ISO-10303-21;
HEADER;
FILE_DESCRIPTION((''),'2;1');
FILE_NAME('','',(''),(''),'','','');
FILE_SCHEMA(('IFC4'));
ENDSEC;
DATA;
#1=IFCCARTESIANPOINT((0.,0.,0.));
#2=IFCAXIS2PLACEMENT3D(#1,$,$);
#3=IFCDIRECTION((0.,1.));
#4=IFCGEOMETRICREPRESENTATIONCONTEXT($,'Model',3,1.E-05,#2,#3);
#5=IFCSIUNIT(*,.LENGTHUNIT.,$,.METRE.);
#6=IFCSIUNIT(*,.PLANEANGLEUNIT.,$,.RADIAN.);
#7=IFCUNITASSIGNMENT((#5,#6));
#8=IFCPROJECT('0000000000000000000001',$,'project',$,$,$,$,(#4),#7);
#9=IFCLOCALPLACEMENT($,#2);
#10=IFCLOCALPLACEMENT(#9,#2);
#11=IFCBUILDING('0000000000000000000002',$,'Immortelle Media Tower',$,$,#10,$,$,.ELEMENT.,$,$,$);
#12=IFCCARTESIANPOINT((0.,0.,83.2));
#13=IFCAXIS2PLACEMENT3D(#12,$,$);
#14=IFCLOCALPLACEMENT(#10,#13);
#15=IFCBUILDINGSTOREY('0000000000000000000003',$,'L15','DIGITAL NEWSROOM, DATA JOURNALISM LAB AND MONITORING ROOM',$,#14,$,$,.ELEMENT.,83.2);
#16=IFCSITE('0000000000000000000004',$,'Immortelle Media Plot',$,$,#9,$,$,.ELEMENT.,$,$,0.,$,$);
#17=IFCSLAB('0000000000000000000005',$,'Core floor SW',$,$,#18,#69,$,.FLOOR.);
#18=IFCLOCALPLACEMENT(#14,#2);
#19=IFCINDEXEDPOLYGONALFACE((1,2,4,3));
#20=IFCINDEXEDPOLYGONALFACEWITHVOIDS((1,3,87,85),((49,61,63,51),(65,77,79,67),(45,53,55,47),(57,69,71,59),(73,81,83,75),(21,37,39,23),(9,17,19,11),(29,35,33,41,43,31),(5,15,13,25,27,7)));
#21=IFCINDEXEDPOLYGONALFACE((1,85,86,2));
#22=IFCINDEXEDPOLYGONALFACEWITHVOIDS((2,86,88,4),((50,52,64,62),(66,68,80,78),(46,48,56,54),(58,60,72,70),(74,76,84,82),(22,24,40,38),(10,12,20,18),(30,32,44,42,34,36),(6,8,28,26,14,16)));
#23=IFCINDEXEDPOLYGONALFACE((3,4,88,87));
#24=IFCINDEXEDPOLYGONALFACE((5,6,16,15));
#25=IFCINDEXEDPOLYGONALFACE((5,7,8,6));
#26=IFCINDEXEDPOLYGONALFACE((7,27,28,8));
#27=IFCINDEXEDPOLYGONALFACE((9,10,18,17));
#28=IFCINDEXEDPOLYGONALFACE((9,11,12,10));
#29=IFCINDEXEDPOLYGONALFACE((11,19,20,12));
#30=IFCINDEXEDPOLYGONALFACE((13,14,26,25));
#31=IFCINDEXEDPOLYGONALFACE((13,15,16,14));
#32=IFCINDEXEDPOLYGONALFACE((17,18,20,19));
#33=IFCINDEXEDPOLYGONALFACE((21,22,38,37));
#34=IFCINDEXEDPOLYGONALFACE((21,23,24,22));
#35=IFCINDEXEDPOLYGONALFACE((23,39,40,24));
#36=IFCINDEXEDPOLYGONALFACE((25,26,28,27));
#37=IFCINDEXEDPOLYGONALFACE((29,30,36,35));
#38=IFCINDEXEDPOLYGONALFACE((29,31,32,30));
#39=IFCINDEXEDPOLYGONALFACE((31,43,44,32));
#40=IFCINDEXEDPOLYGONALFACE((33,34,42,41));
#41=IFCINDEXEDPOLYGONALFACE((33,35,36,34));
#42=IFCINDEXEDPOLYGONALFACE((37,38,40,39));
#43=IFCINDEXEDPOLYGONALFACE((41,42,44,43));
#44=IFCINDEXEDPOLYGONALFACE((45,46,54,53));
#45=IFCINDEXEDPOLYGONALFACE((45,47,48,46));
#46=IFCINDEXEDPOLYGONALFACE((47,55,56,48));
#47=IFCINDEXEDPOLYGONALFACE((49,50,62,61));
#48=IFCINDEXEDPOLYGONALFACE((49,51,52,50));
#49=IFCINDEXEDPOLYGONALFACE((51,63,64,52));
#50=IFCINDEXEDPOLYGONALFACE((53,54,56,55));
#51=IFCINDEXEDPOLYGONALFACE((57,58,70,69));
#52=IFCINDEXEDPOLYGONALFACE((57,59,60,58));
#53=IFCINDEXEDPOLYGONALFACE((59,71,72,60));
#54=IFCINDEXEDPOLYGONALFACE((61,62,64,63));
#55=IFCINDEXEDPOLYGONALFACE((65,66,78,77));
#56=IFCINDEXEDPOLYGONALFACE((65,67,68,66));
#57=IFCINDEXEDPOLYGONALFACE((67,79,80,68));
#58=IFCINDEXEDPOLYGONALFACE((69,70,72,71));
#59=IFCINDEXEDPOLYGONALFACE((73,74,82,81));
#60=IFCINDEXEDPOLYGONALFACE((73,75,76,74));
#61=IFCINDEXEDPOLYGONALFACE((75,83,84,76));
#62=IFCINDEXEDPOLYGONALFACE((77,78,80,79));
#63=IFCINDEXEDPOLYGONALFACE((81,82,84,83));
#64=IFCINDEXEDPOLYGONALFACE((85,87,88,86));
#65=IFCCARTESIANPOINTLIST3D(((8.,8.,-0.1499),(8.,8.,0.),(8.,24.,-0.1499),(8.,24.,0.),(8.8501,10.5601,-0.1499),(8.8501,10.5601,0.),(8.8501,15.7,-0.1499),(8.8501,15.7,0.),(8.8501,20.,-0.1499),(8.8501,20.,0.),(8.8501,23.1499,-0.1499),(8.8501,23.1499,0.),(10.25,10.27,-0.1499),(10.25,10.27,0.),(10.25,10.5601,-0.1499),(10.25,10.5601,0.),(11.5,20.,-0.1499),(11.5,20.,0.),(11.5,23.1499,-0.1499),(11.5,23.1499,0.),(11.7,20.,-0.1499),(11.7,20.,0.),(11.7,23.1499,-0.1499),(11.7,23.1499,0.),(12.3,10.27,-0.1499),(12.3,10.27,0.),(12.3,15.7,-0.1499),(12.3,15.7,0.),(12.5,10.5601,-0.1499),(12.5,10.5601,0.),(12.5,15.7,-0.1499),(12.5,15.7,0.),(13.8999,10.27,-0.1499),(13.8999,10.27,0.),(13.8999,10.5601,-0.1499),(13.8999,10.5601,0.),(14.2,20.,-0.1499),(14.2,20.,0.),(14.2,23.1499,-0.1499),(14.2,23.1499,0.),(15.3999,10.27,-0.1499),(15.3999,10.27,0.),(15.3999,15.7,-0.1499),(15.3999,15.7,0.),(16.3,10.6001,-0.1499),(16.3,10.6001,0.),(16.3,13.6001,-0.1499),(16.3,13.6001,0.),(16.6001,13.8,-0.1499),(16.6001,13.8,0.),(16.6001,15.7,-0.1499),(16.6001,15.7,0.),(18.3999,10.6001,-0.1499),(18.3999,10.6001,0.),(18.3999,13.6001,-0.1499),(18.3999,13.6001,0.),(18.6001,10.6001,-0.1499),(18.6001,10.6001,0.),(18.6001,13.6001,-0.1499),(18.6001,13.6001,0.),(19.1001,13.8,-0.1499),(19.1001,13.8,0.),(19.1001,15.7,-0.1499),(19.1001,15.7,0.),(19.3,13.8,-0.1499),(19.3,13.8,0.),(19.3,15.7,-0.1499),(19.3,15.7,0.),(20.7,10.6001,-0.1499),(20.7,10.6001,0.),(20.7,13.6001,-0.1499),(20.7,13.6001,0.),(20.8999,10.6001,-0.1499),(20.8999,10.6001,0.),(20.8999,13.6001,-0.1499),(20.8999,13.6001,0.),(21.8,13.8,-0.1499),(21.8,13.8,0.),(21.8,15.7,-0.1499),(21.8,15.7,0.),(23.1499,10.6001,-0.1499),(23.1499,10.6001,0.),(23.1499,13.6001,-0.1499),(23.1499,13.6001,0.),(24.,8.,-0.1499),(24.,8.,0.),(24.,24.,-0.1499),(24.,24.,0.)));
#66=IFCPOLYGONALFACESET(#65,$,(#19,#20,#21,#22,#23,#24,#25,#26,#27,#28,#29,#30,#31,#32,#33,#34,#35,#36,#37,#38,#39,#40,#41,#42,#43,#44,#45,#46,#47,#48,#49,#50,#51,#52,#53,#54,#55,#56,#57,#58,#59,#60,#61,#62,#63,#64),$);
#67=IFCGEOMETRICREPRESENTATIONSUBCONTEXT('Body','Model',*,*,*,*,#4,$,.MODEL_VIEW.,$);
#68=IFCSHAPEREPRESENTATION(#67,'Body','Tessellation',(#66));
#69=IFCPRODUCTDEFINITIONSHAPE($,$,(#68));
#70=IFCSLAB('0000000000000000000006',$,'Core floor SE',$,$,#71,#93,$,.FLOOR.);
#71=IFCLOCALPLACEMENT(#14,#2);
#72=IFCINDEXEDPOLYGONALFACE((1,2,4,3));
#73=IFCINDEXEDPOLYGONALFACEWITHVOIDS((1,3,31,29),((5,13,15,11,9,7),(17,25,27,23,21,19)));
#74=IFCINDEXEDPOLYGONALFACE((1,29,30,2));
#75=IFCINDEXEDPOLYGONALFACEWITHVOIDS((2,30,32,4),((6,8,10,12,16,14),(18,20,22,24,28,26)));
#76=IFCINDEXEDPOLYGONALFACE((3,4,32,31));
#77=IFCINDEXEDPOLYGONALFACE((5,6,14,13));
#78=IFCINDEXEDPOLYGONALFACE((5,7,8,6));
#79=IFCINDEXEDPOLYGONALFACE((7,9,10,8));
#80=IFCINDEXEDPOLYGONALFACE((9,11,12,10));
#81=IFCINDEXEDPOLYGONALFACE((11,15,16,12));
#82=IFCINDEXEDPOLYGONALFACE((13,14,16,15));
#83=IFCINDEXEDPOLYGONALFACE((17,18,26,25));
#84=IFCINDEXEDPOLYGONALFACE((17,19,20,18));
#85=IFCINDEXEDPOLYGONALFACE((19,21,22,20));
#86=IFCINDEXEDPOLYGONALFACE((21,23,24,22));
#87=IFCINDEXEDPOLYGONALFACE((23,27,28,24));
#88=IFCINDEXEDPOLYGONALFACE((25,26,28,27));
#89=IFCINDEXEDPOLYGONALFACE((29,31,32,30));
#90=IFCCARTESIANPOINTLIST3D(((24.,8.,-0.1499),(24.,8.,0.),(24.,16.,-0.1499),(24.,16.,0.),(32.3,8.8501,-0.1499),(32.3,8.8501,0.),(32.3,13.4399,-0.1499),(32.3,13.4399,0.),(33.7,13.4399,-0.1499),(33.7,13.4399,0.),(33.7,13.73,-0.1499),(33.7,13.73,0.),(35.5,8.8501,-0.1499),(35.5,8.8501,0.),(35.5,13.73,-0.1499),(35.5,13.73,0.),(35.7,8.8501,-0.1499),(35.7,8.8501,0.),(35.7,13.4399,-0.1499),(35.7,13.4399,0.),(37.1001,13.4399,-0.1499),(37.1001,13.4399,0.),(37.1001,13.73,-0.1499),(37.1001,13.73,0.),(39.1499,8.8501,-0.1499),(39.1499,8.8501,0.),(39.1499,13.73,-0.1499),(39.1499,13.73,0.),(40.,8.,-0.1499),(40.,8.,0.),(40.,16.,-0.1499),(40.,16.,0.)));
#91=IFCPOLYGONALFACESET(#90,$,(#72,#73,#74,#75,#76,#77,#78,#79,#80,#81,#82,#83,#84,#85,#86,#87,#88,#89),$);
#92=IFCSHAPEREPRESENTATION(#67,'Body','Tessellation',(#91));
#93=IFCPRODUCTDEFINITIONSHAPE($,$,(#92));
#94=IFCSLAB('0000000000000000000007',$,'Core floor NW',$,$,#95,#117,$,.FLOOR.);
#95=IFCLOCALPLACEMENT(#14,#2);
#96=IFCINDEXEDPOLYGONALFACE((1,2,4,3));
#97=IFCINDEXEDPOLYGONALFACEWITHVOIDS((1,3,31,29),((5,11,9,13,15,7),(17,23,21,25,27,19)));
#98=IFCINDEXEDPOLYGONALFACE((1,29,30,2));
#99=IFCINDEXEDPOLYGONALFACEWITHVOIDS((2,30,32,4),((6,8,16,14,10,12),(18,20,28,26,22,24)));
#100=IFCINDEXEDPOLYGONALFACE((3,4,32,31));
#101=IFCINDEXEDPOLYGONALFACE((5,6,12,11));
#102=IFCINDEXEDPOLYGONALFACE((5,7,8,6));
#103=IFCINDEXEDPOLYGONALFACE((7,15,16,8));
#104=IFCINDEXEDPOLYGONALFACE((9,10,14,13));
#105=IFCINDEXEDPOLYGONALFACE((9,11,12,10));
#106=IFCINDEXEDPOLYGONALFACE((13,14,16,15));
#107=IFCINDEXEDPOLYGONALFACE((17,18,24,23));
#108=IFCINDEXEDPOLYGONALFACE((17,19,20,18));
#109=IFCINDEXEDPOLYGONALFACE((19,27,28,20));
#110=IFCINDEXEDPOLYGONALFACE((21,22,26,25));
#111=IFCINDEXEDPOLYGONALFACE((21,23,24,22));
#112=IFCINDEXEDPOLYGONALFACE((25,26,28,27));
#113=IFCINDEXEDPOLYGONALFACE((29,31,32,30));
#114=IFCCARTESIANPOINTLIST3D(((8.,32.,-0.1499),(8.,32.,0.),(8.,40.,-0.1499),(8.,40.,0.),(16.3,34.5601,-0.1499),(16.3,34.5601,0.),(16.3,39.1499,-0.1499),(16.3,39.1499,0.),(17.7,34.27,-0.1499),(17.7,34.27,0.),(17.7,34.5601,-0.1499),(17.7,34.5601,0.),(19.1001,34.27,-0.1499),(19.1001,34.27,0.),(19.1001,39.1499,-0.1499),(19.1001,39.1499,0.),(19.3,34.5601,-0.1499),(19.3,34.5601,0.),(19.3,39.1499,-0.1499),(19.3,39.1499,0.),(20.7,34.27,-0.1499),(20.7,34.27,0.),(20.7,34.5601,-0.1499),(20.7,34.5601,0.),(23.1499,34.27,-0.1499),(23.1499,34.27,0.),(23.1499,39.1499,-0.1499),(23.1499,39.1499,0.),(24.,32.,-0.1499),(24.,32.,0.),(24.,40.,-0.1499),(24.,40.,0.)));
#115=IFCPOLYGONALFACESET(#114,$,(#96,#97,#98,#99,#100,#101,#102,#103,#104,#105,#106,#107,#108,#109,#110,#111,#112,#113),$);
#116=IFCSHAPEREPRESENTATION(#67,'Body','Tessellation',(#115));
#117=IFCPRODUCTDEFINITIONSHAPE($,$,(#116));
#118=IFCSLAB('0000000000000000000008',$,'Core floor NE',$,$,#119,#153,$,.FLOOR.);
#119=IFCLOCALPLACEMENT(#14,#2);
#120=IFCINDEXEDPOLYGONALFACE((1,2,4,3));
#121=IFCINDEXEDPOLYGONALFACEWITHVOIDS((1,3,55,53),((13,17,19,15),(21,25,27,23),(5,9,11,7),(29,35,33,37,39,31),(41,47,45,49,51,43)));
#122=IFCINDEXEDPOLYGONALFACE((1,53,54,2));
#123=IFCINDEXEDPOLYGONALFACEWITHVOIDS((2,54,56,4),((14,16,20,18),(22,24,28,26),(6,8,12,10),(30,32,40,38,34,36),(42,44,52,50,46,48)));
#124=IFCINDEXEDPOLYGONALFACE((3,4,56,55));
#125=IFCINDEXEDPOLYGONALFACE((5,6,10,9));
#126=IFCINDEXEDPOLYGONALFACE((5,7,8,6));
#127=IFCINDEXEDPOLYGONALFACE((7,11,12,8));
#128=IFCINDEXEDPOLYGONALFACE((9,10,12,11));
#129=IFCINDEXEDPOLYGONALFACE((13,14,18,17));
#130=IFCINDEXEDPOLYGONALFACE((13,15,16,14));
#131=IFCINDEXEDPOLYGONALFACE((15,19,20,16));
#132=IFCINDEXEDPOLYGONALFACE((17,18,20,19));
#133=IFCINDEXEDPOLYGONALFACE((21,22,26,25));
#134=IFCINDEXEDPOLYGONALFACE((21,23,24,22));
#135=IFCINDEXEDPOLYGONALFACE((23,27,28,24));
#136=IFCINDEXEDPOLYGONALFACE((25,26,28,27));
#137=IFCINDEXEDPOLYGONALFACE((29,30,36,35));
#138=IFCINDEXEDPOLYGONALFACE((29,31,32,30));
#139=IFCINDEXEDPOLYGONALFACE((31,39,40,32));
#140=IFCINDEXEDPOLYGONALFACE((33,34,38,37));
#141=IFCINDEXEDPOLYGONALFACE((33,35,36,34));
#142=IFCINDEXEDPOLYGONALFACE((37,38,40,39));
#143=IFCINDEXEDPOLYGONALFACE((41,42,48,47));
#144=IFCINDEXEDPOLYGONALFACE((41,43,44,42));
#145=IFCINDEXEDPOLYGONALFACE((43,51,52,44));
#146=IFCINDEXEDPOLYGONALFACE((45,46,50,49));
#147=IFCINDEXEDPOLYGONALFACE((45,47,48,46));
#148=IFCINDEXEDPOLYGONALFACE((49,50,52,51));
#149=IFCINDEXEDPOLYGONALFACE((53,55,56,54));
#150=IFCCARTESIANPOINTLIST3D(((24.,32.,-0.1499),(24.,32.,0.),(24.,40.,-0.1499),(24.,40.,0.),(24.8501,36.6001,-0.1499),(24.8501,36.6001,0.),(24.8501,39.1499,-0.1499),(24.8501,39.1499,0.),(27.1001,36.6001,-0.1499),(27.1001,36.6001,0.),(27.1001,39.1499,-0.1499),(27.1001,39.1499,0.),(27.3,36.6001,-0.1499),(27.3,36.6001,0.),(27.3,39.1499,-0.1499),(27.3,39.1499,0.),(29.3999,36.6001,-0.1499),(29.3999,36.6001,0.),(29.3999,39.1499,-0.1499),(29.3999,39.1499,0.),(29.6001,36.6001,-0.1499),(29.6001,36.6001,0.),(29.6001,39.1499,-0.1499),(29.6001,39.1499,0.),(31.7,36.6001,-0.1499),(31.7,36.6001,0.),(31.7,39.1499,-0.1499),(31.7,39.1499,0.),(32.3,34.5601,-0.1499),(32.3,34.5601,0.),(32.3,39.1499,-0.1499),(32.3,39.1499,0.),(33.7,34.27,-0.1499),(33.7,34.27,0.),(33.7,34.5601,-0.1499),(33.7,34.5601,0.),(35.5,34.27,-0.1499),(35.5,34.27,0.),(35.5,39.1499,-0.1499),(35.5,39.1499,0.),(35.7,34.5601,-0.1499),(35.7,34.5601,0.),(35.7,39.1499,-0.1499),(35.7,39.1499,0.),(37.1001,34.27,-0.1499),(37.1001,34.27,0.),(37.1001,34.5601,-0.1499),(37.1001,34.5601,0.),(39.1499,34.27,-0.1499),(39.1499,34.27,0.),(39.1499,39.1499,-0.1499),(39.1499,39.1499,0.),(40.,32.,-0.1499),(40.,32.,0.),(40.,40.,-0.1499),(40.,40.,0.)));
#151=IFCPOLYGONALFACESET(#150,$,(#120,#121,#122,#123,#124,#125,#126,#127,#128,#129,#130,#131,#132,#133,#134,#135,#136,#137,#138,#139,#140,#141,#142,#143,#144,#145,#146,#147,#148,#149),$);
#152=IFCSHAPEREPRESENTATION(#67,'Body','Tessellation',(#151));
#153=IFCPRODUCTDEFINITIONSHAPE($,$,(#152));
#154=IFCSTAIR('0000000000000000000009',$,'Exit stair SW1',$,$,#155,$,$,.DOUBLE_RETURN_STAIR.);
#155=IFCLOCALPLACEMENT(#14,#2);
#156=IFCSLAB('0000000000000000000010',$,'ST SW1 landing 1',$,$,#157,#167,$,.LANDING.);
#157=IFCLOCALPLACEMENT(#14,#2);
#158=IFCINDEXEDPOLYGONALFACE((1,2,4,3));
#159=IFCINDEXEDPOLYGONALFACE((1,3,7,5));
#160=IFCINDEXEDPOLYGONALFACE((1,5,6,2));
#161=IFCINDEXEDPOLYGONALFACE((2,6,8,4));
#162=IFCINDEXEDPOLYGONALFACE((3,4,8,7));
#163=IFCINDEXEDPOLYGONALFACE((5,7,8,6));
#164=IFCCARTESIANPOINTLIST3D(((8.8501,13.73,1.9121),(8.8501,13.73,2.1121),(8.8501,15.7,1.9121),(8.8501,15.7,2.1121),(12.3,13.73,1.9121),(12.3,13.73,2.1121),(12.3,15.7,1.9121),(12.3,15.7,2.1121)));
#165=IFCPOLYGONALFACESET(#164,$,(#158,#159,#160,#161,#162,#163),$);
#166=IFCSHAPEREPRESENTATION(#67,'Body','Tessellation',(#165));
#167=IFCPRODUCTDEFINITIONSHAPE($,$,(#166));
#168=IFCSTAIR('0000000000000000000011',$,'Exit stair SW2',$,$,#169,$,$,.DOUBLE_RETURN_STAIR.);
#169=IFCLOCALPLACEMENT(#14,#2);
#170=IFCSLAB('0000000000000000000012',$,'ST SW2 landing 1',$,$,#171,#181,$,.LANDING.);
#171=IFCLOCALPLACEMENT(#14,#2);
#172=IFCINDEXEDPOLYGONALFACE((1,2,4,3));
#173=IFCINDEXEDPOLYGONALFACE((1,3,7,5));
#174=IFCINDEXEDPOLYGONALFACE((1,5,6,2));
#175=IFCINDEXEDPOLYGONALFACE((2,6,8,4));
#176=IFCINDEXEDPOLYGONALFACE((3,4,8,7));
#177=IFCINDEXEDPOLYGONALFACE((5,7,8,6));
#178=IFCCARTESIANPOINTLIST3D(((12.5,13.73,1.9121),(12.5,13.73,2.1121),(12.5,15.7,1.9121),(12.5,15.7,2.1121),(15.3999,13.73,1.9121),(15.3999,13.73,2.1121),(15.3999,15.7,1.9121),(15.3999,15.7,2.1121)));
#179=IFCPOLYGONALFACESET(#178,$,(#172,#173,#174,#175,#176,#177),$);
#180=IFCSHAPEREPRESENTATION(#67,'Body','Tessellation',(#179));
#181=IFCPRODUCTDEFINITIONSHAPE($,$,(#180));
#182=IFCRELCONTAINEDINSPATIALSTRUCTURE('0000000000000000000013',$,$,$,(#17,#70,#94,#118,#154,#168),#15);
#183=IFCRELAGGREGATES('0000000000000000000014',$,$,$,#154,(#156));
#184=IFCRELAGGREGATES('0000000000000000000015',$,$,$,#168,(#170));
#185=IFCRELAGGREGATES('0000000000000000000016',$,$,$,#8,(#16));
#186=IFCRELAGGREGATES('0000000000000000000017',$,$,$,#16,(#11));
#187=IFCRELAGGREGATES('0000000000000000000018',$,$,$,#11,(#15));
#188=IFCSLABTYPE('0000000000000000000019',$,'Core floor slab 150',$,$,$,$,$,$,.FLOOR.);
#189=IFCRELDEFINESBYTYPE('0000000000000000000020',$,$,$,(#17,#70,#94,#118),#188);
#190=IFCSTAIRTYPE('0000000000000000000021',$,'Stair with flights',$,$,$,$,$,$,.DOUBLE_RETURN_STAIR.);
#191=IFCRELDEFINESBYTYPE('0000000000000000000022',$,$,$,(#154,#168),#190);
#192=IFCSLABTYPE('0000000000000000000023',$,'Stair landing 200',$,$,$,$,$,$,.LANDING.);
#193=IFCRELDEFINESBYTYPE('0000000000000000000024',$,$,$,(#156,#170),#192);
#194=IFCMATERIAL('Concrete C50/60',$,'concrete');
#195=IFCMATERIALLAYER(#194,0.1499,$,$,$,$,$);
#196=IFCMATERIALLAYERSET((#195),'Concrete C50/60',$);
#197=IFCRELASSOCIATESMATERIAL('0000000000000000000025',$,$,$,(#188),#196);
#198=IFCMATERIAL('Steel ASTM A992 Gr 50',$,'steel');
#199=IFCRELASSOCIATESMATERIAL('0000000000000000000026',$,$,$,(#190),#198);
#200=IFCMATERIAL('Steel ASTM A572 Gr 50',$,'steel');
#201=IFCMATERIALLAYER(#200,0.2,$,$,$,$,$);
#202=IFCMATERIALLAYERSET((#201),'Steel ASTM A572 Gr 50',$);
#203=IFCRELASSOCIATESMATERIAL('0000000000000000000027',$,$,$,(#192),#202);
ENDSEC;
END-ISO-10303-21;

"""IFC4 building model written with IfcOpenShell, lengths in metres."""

from ifc_helpers import new_model, si_unit, direction, frame, origin, place, context, subcontext, project, spatial, polyline, outline, extrude, material, layer, layer_set, type_object, element, aggregate, save


model = new_model("IFC4")

# Units and contexts
model_context = context("Model", 3, precision=1e-05, world=origin(), true_north=direction((0.0, 1.0)))
body_context = subcontext(model_context, "Body", "Model", "MODEL_VIEW")
ifc_project = project(units=[si_unit("LENGTHUNIT", "METRE"), si_unit("PLANEANGLEUNIT", "RADIAN")], contexts=[model_context])

# Site, building, storey
site_placement = place(None, origin())
site = spatial("IfcSite", under=ifc_project, at=site_placement, Name="Immortelle Media Plot", CompositionType="ELEMENT", RefElevation=0.0)
building_placement = place(site_placement, origin())
building = spatial("IfcBuilding", under=site, at=building_placement, Name="Immortelle Media Tower", CompositionType="ELEMENT")
storey_placement = place(building_placement, frame((0.0, 0.0, 83.2)))
storey = spatial("IfcBuildingStorey", under=building, at=storey_placement, Name="L15", Description="DIGITAL NEWSROOM, DATA JOURNALISM LAB AND MONITORING ROOM", CompositionType="ELEMENT", Elevation=83.2)

# Slabs
ifc_material_1 = material(Name="Concrete C50/60", Category="concrete")
ifc_layer_1 = layer(ifc_material_1, 0.1499)
ifc_layer_set_1 = layer_set([ifc_layer_1], Name="Concrete C50/60")
slab_type_1 = type_object("IfcSlabType", Name="Core floor slab 150", PredefinedType="FLOOR", material=ifc_layer_set_1)
slab_1_placement = place(storey_placement, frame((0.0, 0.0, -0.1499)))
element("IfcSlab", 1, at=slab_1_placement, inside=storey, type_object=slab_type_1, Name="Core floor SW", PredefinedType="FLOOR", context=body_context, shape_type="SweptSolid", body=[
    extrude(outline(polyline([(8.0, 8.0), (24.0, 8.0), (24.0, 24.0), (8.0, 24.0), (8.0, 8.0)]), holes=[polyline([(8.8501, 20.0), (11.5, 20.0), (11.5, 23.1499), (8.8501, 23.1499), (8.8501, 20.0)]), polyline([(11.7, 20.0), (14.2, 20.0), (14.2, 23.1499), (11.7, 23.1499), (11.7, 20.0)]), polyline([(16.6001, 13.8), (19.1001, 13.8), (19.1001, 15.7), (16.6001, 15.7), (16.6001, 13.8)]), polyline([(19.3, 13.8), (21.8, 13.8), (21.8, 15.7), (19.3, 15.7), (19.3, 13.8)]), polyline([(16.3, 10.6001), (18.3999, 10.6001), (18.3999, 13.6001), (16.3, 13.6001), (16.3, 10.6001)]), polyline([(18.6001, 10.6001), (20.7, 10.6001), (20.7, 13.6001), (18.6001, 13.6001), (18.6001, 10.6001)]), polyline([(20.8999, 10.6001), (23.1499, 10.6001), (23.1499, 13.6001), (20.8999, 13.6001), (20.8999, 10.6001)]), polyline([(8.8501, 15.7), (12.3, 15.7), (12.3, 10.27), (10.25, 10.27), (10.25, 10.5601), (8.8501, 10.5601), (8.8501, 15.7)]), polyline([(12.5, 15.7), (15.3999, 15.7), (15.3999, 10.27), (13.8999, 10.27), (13.8999, 10.5601), (12.5, 10.5601), (12.5, 15.7)])]), origin(), (0.0, 0.0, 1.0), 0.1499),
])
slab_2_placement = place(storey_placement, frame((0.0, 0.0, -0.1499)))
element("IfcSlab", 2, at=slab_2_placement, inside=storey, type_object=slab_type_1, Name="Core floor SE", PredefinedType="FLOOR", context=body_context, shape_type="SweptSolid", body=[
    extrude(outline(polyline([(24.0, 8.0), (40.0, 8.0), (40.0, 16.0), (24.0, 16.0), (24.0, 8.0)]), holes=[polyline([(35.5, 13.73), (35.5, 8.8501), (32.3, 8.8501), (32.3, 13.4399), (33.7, 13.4399), (33.7, 13.73), (35.5, 13.73)]), polyline([(39.1499, 13.73), (39.1499, 8.8501), (35.7, 8.8501), (35.7, 13.4399), (37.1001, 13.4399), (37.1001, 13.73), (39.1499, 13.73)])]), origin(), (0.0, 0.0, 1.0), 0.1499),
])
slab_3_placement = place(storey_placement, frame((0.0, 0.0, -0.1499)))
element("IfcSlab", 3, at=slab_3_placement, inside=storey, type_object=slab_type_1, Name="Core floor NW", PredefinedType="FLOOR", context=body_context, shape_type="SweptSolid", body=[
    extrude(outline(polyline([(8.0, 32.0), (24.0, 32.0), (24.0, 40.0), (8.0, 40.0), (8.0, 32.0)]), holes=[polyline([(16.3, 39.1499), (19.1001, 39.1499), (19.1001, 34.27), (17.7, 34.27), (17.7, 34.5601), (16.3, 34.5601), (16.3, 39.1499)]), polyline([(19.3, 39.1499), (23.1499, 39.1499), (23.1499, 34.27), (20.7, 34.27), (20.7, 34.5601), (19.3, 34.5601), (19.3, 39.1499)])]), origin(), (0.0, 0.0, 1.0), 0.1499),
])
slab_4_placement = place(storey_placement, frame((0.0, 0.0, -0.1499)))
element("IfcSlab", 4, at=slab_4_placement, inside=storey, type_object=slab_type_1, Name="Core floor NE", PredefinedType="FLOOR", context=body_context, shape_type="SweptSolid", body=[
    extrude(outline(polyline([(24.0, 32.0), (40.0, 32.0), (40.0, 40.0), (24.0, 40.0), (24.0, 32.0)]), holes=[polyline([(24.8501, 36.6001), (27.1001, 36.6001), (27.1001, 39.1499), (24.8501, 39.1499), (24.8501, 36.6001)]), polyline([(27.3, 36.6001), (29.3999, 36.6001), (29.3999, 39.1499), (27.3, 39.1499), (27.3, 36.6001)]), polyline([(29.6001, 36.6001), (31.7, 36.6001), (31.7, 39.1499), (29.6001, 39.1499), (29.6001, 36.6001)]), polyline([(32.3, 39.1499), (35.5, 39.1499), (35.5, 34.27), (33.7, 34.27), (33.7, 34.5601), (32.3, 34.5601), (32.3, 39.1499)]), polyline([(35.7, 39.1499), (39.1499, 39.1499), (39.1499, 34.27), (37.1001, 34.27), (37.1001, 34.5601), (35.7, 34.5601), (35.7, 39.1499)])]), origin(), (0.0, 0.0, 1.0), 0.1499),
])

# Stairs, slabs
ifc_material_2 = material(Name="Steel ASTM A992 Gr 50", Category="steel")
stair_type = type_object("IfcStairType", Name="Stair with flights", PredefinedType="DOUBLE_RETURN_STAIR", material=ifc_material_2)
stair_1_placement = place(storey_placement, origin())
stair_1 = element("IfcStair", 5, at=stair_1_placement, inside=storey, type_object=stair_type, Name="Exit stair SW1", PredefinedType="DOUBLE_RETURN_STAIR")
ifc_material_3 = material(Name="Steel ASTM A572 Gr 50", Category="steel")
ifc_layer_2 = layer(ifc_material_3, 0.2)
ifc_layer_set_2 = layer_set([ifc_layer_2], Name="Steel ASTM A572 Gr 50")
slab_type_2 = type_object("IfcSlabType", Name="Stair landing 200", PredefinedType="LANDING", material=ifc_layer_set_2)
slab_5_placement = place(storey_placement, frame((0.0, 0.0, 1.9121)))
slab_5 = element("IfcSlab", 6, at=slab_5_placement, type_object=slab_type_2, Name="ST SW1 landing 1", PredefinedType="LANDING", context=body_context, shape_type="SweptSolid", body=[
    extrude(outline(polyline([(8.8501, 13.73), (12.3, 13.73), (12.3, 15.7), (8.8501, 15.7), (8.8501, 13.73)])), origin(), (0.0, 0.0, 1.0), 0.2),
])
aggregate(stair_1, [slab_5])
stair_2_placement = place(storey_placement, origin())
stair_2 = element("IfcStair", 7, at=stair_2_placement, inside=storey, type_object=stair_type, Name="Exit stair SW2", PredefinedType="DOUBLE_RETURN_STAIR")
slab_6_placement = place(storey_placement, frame((0.0, 0.0, 1.9121)))
slab_6 = element("IfcSlab", 8, at=slab_6_placement, type_object=slab_type_2, Name="ST SW2 landing 1", PredefinedType="LANDING", context=body_context, shape_type="SweptSolid", body=[
    extrude(outline(polyline([(12.5, 13.73), (15.3999, 13.73), (15.3999, 15.7), (12.5, 15.7), (12.5, 13.73)])), origin(), (0.0, 0.0, 1.0), 0.2),
])
aggregate(stair_2, [slab_6])

save(model, "model.ifc")
